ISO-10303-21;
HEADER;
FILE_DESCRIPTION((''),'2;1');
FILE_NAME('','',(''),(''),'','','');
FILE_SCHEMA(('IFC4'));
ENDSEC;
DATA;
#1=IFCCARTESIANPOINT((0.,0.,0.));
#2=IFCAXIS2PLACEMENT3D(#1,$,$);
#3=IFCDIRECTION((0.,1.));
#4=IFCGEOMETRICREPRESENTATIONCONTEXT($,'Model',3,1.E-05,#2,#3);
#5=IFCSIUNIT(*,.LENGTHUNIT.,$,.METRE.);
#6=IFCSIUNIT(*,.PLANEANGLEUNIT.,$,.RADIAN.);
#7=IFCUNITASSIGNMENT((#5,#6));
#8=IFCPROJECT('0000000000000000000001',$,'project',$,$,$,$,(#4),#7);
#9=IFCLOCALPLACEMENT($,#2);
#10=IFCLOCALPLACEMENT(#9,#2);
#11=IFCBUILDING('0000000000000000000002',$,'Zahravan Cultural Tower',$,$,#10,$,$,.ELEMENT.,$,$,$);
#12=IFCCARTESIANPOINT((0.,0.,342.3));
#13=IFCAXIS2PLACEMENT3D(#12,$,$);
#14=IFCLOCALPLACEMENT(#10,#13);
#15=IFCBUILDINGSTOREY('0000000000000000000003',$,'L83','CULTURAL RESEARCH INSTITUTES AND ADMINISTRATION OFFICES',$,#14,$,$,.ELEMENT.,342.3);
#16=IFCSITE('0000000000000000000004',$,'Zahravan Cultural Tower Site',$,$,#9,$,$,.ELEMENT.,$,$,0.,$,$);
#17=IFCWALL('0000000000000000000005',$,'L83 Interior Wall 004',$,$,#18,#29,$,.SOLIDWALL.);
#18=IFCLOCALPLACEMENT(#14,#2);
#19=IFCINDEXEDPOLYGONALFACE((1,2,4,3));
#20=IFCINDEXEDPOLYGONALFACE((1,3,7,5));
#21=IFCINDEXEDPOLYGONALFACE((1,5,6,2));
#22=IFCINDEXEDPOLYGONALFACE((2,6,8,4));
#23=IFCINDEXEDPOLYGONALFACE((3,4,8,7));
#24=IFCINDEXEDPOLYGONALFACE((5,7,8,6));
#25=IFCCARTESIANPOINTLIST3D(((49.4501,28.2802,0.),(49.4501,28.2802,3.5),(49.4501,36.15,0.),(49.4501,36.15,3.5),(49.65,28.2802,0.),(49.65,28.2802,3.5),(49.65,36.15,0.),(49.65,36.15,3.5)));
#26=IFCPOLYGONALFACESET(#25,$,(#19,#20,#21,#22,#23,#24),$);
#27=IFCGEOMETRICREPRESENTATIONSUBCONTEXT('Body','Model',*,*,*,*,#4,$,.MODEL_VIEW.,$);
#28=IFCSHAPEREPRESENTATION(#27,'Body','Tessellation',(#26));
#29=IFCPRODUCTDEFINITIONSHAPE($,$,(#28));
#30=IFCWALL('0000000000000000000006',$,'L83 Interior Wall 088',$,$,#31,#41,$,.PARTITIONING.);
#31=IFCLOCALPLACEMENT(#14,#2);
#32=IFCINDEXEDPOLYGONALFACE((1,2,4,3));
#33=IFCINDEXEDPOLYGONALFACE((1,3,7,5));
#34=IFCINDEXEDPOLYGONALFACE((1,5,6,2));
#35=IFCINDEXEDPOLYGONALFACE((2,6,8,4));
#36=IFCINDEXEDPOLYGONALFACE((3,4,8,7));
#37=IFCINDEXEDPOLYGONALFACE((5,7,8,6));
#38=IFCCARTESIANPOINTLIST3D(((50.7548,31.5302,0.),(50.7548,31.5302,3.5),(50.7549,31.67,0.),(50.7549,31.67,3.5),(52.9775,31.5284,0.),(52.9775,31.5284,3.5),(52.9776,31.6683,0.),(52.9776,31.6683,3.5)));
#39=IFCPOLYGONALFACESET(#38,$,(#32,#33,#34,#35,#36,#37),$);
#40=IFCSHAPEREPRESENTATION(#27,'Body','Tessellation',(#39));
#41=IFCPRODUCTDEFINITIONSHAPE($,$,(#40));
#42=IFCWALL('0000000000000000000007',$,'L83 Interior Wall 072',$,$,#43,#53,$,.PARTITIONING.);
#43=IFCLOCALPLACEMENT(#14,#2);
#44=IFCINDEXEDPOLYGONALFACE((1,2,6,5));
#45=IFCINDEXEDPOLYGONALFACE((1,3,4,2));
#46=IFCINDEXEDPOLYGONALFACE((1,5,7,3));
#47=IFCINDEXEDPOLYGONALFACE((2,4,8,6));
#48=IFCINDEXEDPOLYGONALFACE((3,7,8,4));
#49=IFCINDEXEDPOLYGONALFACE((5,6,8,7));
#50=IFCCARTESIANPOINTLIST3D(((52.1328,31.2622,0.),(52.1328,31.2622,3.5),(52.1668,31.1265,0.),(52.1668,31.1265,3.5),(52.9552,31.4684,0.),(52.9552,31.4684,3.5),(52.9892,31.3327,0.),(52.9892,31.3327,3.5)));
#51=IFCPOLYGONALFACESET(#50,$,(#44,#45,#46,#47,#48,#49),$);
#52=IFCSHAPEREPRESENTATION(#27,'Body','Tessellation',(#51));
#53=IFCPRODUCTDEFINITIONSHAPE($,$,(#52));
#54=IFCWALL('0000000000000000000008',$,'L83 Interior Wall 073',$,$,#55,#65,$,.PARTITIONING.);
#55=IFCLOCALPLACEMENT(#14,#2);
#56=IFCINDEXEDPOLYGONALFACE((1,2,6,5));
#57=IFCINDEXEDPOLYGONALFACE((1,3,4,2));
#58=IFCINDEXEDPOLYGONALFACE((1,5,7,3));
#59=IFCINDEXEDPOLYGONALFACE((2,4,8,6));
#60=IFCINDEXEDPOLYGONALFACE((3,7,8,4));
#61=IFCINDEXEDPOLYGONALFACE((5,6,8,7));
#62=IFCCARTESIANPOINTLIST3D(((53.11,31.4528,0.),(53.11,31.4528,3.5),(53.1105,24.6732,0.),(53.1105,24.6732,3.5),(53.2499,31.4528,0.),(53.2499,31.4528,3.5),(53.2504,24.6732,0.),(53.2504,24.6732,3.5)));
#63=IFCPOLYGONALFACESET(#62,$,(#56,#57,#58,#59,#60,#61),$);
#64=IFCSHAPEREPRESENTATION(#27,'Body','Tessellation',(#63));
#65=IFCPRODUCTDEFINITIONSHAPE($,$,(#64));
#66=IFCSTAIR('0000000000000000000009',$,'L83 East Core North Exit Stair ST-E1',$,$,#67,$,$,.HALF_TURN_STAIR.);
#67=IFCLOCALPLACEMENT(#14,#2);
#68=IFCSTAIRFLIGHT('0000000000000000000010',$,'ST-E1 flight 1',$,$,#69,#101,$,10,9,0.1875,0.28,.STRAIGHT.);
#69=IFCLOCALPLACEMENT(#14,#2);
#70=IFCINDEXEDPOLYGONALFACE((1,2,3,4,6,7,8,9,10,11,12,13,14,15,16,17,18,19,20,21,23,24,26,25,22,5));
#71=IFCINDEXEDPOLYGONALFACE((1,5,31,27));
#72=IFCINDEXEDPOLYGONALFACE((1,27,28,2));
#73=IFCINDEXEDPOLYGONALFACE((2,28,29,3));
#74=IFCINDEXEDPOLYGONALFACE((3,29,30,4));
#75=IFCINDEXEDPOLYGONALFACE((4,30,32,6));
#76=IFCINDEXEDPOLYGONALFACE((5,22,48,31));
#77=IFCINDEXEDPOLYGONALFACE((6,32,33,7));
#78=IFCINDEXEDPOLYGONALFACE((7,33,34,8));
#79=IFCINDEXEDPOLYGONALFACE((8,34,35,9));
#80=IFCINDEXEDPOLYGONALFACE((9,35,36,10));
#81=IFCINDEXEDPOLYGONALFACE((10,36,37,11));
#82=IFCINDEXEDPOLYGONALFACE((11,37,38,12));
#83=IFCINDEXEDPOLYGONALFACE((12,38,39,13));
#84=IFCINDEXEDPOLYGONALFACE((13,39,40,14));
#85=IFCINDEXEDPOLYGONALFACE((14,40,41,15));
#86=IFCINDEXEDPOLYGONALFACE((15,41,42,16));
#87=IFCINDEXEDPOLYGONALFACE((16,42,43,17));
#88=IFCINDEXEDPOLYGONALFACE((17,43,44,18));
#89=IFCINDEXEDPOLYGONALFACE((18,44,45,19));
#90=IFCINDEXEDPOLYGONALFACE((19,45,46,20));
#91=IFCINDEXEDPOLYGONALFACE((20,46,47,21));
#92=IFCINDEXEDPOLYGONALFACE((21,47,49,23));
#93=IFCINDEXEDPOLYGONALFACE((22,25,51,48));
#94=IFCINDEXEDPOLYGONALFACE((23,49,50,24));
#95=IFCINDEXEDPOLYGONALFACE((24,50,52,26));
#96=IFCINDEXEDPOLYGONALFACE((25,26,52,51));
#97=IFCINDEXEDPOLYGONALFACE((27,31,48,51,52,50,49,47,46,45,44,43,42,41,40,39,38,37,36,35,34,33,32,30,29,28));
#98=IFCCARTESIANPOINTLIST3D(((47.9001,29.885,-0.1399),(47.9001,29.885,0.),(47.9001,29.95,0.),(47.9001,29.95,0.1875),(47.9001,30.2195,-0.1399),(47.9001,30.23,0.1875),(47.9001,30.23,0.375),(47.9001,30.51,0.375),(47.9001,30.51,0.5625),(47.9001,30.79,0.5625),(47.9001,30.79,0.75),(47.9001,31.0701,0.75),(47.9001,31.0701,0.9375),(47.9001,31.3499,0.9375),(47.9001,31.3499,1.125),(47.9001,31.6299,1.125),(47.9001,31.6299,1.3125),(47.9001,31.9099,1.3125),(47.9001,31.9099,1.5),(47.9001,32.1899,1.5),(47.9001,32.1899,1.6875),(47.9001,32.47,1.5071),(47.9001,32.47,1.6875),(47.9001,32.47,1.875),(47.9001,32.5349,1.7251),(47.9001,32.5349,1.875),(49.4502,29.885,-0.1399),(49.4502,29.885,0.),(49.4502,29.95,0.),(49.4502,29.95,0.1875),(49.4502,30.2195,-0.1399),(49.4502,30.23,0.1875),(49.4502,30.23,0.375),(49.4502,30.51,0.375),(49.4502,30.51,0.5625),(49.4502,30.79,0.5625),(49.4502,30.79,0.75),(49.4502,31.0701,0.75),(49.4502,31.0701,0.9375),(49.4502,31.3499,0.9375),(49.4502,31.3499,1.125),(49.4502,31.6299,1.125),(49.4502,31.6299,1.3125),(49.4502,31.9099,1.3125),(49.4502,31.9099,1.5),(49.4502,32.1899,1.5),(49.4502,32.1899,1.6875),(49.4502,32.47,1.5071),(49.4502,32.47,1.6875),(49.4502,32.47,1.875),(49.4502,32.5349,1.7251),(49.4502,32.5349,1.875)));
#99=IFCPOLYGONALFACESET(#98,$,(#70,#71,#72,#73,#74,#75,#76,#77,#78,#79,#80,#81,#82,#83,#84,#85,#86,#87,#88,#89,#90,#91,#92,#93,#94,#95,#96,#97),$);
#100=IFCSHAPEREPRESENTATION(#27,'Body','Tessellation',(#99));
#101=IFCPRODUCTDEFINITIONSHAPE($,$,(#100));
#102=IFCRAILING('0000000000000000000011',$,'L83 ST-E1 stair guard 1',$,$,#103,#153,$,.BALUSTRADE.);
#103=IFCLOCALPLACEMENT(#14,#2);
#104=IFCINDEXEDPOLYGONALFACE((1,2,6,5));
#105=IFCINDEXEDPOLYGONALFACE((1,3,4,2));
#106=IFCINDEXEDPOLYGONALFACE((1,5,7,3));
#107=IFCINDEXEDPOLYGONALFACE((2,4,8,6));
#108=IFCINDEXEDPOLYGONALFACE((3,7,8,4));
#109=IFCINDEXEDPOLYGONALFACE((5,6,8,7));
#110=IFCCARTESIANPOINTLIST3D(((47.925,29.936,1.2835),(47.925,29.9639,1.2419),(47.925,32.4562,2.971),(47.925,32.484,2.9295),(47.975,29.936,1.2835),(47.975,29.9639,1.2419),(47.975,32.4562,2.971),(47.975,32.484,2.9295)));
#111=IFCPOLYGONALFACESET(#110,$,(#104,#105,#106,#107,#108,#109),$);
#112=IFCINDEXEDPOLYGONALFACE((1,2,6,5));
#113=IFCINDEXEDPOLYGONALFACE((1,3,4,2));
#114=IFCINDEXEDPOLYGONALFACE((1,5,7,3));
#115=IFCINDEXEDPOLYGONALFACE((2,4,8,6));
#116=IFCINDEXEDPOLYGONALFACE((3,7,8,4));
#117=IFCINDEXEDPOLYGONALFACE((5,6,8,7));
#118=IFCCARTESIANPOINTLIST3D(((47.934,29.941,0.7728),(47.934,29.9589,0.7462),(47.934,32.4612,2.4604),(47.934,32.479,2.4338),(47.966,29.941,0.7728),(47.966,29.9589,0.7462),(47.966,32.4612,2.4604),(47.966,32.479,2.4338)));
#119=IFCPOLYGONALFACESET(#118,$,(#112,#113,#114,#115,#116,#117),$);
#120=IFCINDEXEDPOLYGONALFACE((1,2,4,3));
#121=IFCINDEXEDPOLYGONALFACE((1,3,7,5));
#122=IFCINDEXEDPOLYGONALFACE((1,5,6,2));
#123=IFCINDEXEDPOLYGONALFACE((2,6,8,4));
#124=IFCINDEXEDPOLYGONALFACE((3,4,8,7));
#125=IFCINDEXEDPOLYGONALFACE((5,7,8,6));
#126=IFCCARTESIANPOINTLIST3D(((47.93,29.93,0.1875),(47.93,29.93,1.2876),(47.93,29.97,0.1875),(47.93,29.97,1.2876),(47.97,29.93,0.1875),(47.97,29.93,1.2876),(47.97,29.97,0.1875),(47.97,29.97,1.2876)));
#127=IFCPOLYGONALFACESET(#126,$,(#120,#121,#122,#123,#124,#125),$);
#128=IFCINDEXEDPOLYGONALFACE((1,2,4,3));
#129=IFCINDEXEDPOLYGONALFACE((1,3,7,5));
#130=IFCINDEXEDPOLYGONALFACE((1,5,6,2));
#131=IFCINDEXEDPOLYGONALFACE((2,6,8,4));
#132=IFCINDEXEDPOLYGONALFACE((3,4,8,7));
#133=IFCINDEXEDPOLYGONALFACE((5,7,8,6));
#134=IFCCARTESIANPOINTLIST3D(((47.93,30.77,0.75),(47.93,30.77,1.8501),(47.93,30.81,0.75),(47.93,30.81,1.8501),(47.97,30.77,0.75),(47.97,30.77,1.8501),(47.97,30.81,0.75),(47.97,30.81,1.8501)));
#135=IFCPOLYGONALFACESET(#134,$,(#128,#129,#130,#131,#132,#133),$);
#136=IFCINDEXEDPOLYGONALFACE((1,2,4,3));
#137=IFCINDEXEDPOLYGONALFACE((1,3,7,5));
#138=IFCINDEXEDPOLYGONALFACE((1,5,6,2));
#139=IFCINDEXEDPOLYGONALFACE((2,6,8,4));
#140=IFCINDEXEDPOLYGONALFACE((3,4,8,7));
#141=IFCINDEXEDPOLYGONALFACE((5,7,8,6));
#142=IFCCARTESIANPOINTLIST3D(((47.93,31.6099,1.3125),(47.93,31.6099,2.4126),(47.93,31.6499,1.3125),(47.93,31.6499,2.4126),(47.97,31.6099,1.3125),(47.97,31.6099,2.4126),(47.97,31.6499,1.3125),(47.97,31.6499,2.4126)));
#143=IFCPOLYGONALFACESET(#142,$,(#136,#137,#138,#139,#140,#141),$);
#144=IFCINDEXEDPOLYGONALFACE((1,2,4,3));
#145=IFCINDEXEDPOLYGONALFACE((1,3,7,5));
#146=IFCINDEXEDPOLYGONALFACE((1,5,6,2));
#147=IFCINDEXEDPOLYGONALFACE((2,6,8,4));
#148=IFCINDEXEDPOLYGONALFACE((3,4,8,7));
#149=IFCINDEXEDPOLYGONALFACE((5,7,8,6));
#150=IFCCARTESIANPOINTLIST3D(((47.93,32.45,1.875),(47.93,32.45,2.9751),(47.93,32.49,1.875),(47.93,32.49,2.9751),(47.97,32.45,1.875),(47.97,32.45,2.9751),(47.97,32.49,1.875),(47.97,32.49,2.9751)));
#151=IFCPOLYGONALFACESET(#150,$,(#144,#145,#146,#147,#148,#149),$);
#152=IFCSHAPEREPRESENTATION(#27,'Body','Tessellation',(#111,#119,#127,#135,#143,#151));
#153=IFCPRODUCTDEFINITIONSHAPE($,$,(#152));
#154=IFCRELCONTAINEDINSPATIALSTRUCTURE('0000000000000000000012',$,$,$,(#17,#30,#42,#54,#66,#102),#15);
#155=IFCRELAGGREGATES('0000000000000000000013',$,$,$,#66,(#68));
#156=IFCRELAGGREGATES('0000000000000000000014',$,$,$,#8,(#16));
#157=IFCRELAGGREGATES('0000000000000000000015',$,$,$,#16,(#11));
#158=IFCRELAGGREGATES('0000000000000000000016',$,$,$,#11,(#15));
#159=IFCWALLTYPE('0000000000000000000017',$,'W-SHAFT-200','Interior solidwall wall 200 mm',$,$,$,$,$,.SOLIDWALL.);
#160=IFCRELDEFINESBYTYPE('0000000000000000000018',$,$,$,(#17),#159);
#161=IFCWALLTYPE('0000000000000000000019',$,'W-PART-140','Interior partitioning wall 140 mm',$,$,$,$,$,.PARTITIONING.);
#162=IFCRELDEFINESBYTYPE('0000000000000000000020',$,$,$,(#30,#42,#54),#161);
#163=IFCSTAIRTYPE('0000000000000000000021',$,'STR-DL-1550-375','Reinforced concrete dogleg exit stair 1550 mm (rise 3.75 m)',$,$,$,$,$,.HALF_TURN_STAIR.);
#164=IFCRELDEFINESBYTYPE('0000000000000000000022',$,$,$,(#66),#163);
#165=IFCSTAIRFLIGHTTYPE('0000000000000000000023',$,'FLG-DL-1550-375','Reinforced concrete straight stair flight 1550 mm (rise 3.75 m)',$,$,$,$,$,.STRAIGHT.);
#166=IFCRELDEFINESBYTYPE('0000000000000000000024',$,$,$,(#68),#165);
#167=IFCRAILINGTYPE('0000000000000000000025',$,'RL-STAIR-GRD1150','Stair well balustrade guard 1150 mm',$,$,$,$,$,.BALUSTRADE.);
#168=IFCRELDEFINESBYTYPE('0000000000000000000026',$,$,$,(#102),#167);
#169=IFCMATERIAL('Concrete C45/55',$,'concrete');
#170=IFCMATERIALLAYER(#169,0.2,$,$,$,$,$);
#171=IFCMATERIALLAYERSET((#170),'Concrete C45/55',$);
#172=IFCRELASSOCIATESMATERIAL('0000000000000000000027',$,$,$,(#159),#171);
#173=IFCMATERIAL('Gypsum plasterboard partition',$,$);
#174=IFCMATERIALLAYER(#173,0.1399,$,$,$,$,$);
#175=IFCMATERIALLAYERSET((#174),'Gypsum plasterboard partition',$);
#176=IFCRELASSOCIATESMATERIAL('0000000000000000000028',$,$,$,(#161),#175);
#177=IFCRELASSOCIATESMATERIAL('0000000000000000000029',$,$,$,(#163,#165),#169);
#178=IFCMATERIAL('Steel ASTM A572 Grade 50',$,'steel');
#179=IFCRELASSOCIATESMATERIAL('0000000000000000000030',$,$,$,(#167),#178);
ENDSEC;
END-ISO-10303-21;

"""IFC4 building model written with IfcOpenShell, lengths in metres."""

from ifc_helpers import new_model, si_unit, direction, frame, frame_2d, origin, origin_2d, place, context, subcontext, project, spatial, polyline, rectangle, outline, extrude, source, transform, mapped, material, layer, layer_set, type_object, element, aggregate, save


model = new_model("IFC4")

# Units and contexts
model_context = context("Model", 3, precision=1e-05, world=origin(), true_north=direction((0.0, 1.0)))
body_context = subcontext(model_context, "Body", "Model", "MODEL_VIEW")
ifc_project = project(units=[si_unit("LENGTHUNIT", "METRE"), si_unit("PLANEANGLEUNIT", "RADIAN")], contexts=[model_context])

# Site, building, storey
site_placement = place(None, origin())
site = spatial("IfcSite", under=ifc_project, at=site_placement, Name="Zahravan Cultural Tower Site", CompositionType="ELEMENT", RefElevation=0.0)
building_placement = place(site_placement, origin())
building = spatial("IfcBuilding", under=site, at=building_placement, Name="Zahravan Cultural Tower", CompositionType="ELEMENT")
storey_placement = place(building_placement, frame((0.0, 0.0, 342.3)))
storey = spatial("IfcBuildingStorey", under=building, at=storey_placement, Name="L83", Description="CULTURAL RESEARCH INSTITUTES AND ADMINISTRATION OFFICES", CompositionType="ELEMENT", Elevation=342.3)

# Walls
ifc_material_1 = material(Name="Concrete C45/55", Category="concrete")
ifc_layer_1 = layer(ifc_material_1, 0.2)
ifc_layer_set_1 = layer_set([ifc_layer_1], Name="Concrete C45/55")
wall_type_1 = type_object("IfcWallType", Name="W-SHAFT-200", Description="Interior solidwall wall 200 mm", PredefinedType="SOLIDWALL", material=ifc_layer_set_1)
shared_shape_1 = source(origin(), body_context, "Body", "SweptSolid", [
    extrude(rectangle(XDim=7.8699, YDim=0.2, at=frame_2d((3.9351, 0.0))), origin(), (0.0, 0.0, 1.0), 3.5),
])
wall_1_placement = place(storey_placement, frame((49.55, 28.28, 0.0), z_axis=(0.0, 0.0, 1.0), x_axis=(0.0, 1.0, 0.0)))
element("IfcWall", 1, at=wall_1_placement, inside=storey, type_object=wall_type_1, Name="L83 Interior Wall 004", PredefinedType="SOLIDWALL", context=body_context, shape_type="MappedRepresentation", body=[
    mapped(shared_shape_1, transform((0.0, 0.0, 0.0), x_axis=(1.0, 0.0, 0.0), y_axis=(0.0, 1.0, 0.0), z_axis=(0.0, 0.0, 1.0), scale=1.0)),
])
ifc_material_2 = material(Name="Gypsum plasterboard partition")
ifc_layer_2 = layer(ifc_material_2, 0.1399)
ifc_layer_set_2 = layer_set([ifc_layer_2], Name="Gypsum plasterboard partition")
wall_type_2 = type_object("IfcWallType", Name="W-PART-140", Description="Interior partitioning wall 140 mm", PredefinedType="PARTITIONING", material=ifc_layer_set_2)
shared_shape_2 = source(origin(), body_context, "Body", "SweptSolid", [
    extrude(rectangle(XDim=2.2227, YDim=0.1399, at=frame_2d((1.1113, 0.0))), origin(), (0.0, 0.0, 1.0), 3.5),
])
wall_2_placement = place(storey_placement, frame((52.9775, 31.5984, 0.0), z_axis=(0.0, 0.0, 1.0), x_axis=(-1.0, 0.000769, 0.0)))
element("IfcWall", 2, at=wall_2_placement, inside=storey, type_object=wall_type_2, Name="L83 Interior Wall 088", PredefinedType="PARTITIONING", context=body_context, shape_type="MappedRepresentation", body=[
    mapped(shared_shape_2, transform((0.0, 0.0, 0.0), x_axis=(1.0, 0.0, 0.0), y_axis=(0.0, 1.0, 0.0), z_axis=(0.0, 0.0, 1.0), scale=1.0)),
])
shared_shape_3 = source(origin(), body_context, "Body", "SweptSolid", [
    extrude(rectangle(XDim=0.8479, YDim=0.1399, at=frame_2d((0.4238, 0.0))), origin(), (0.0, 0.0, 1.0), 3.5),
])
wall_3_placement = place(storey_placement, frame((52.1499, 31.1943, 0.0), z_axis=(0.0, 0.0, 1.0), x_axis=(0.969956, 0.243281, 0.0)))
element("IfcWall", 3, at=wall_3_placement, inside=storey, type_object=wall_type_2, Name="L83 Interior Wall 072", PredefinedType="PARTITIONING", context=body_context, shape_type="MappedRepresentation", body=[
    mapped(shared_shape_3, transform((0.0, 0.0, 0.0), x_axis=(1.0, 0.0, 0.0), y_axis=(0.0, 1.0, 0.0), z_axis=(0.0, 0.0, 1.0), scale=1.0)),
])
shared_shape_4 = source(origin(), body_context, "Body", "SweptSolid", [
    extrude(rectangle(XDim=6.7795, YDim=0.1399, at=frame_2d((3.3896, 0.0))), origin(), (0.0, 0.0, 1.0), 3.5),
])
wall_4_placement = place(storey_placement, frame((53.1799, 31.4526, 0.0), z_axis=(0.0, 0.0, 1.0), x_axis=(0.000072, -1.0, 0.0)))
element("IfcWall", 4, at=wall_4_placement, inside=storey, type_object=wall_type_2, Name="L83 Interior Wall 073", PredefinedType="PARTITIONING", context=body_context, shape_type="MappedRepresentation", body=[
    mapped(shared_shape_4, transform((0.0, 0.0, 0.0), x_axis=(1.0, 0.0, 0.0), y_axis=(0.0, 1.0, 0.0), z_axis=(0.0, 0.0, 1.0), scale=1.0)),
])

# Stair, stair flight
stair_type = type_object("IfcStairType", Name="STR-DL-1550-375", Description="Reinforced concrete dogleg exit stair 1550 mm (rise 3.75 m)", PredefinedType="HALF_TURN_STAIR", material=ifc_material_1)
stair_placement = place(storey_placement, origin())
stair = element("IfcStair", 5, at=stair_placement, inside=storey, type_object=stair_type, Name="L83 East Core North Exit Stair ST-E1", PredefinedType="HALF_TURN_STAIR")
stair_flight_type = type_object("IfcStairFlightType", Name="FLG-DL-1550-375", Description="Reinforced concrete straight stair flight 1550 mm (rise 3.75 m)", PredefinedType="STRAIGHT", material=ifc_material_1)
stair_flight_placement = place(storey_placement, frame((48.675, 29.95, 0.0), z_axis=(0.0, 0.0, 1.0), x_axis=(0.0, 1.0, 0.0)))
stair_flight = element("IfcStairFlight", 6, at=stair_flight_placement, type_object=stair_flight_type, Name="ST-E1 flight 1", NumberOfRisers=10, NumberOfTreads=9, PredefinedType="STRAIGHT", RiserHeight=0.1875, TreadLength=0.28, context=body_context, shape_type="SweptSolid", body=[
    extrude(outline(polyline([(-0.0649, -0.1399), (-0.0649, 0.0), (0.0, 0.0), (0.0, 0.1875), (0.28, 0.1875), (0.28, 0.375), (0.5601, 0.375), (0.5601, 0.5625), (0.8401, 0.5625), (0.8401, 0.75), (1.1201, 0.75), (1.1201, 0.9375), (1.3999, 0.9375), (1.3999, 1.125), (1.6799, 1.125), (1.6799, 1.3125), (1.96, 1.3125), (1.96, 1.5), (2.24, 1.5), (2.24, 1.6875), (2.52, 1.6875), (2.52, 1.875), (2.585, 1.875), (2.585, 1.7251), (2.52, 1.5071), (0.2695, -0.1399), (-0.0649, -0.1399)])), frame((0.0, 0.7749, 0.0), z_axis=(0.0, -1.0, 0.0), x_axis=(1.0, 0.0, 0.0)), (0.0, 0.0, 1.0), 1.55),
])
aggregate(stair, [stair_flight])

# Railing
ifc_material_3 = material(Name="Steel ASTM A572 Grade 50", Category="steel")
railing_type_1 = type_object("IfcRailingType", Name="RL-STAIR-GRD1150", Description="Stair well balustrade guard 1150 mm", PredefinedType="BALUSTRADE", material=ifc_material_3)
railing_1_placement = place(storey_placement, frame((47.95, 29.95, 0.1875)))
element("IfcRailing", 7, at=railing_1_placement, inside=storey, type_object=railing_type_1, Name="L83 ST-E1 stair guard 1", PredefinedType="BALUSTRADE", context=body_context, shape_type="SweptSolid", body=[
    extrude(rectangle(XDim=0.05, YDim=0.05, at=origin_2d()), frame((0.0, 0.0, 1.0752), z_axis=(0.0, 0.830909, 0.556408), x_axis=(-1.0, 0.0, 0.0)), (0.0, 0.0, 1.0), 3.033),
    extrude(rectangle(XDim=0.032, YDim=0.032, at=origin_2d()), frame((0.0, 0.0, 0.572), z_axis=(0.0, 0.830909, 0.556408), x_axis=(-1.0, 0.0, 0.0)), (0.0, 0.0, 1.0), 3.033),
    extrude(rectangle(XDim=0.04, YDim=0.04, at=origin_2d()), origin(), (0.0, 0.0, 1.0), 1.1001),
    extrude(rectangle(XDim=0.04, YDim=0.04, at=origin_2d()), frame((0.0, 0.8401, 0.5625)), (0.0, 0.0, 1.0), 1.1001),
    extrude(rectangle(XDim=0.04, YDim=0.04, at=origin_2d()), frame((0.0, 1.6799, 1.125)), (0.0, 0.0, 1.0), 1.1001),
    extrude(rectangle(XDim=0.04, YDim=0.04, at=origin_2d()), frame((0.0, 2.52, 1.6875)), (0.0, 0.0, 1.0), 1.1001),
])

save(model, "model.ifc")
